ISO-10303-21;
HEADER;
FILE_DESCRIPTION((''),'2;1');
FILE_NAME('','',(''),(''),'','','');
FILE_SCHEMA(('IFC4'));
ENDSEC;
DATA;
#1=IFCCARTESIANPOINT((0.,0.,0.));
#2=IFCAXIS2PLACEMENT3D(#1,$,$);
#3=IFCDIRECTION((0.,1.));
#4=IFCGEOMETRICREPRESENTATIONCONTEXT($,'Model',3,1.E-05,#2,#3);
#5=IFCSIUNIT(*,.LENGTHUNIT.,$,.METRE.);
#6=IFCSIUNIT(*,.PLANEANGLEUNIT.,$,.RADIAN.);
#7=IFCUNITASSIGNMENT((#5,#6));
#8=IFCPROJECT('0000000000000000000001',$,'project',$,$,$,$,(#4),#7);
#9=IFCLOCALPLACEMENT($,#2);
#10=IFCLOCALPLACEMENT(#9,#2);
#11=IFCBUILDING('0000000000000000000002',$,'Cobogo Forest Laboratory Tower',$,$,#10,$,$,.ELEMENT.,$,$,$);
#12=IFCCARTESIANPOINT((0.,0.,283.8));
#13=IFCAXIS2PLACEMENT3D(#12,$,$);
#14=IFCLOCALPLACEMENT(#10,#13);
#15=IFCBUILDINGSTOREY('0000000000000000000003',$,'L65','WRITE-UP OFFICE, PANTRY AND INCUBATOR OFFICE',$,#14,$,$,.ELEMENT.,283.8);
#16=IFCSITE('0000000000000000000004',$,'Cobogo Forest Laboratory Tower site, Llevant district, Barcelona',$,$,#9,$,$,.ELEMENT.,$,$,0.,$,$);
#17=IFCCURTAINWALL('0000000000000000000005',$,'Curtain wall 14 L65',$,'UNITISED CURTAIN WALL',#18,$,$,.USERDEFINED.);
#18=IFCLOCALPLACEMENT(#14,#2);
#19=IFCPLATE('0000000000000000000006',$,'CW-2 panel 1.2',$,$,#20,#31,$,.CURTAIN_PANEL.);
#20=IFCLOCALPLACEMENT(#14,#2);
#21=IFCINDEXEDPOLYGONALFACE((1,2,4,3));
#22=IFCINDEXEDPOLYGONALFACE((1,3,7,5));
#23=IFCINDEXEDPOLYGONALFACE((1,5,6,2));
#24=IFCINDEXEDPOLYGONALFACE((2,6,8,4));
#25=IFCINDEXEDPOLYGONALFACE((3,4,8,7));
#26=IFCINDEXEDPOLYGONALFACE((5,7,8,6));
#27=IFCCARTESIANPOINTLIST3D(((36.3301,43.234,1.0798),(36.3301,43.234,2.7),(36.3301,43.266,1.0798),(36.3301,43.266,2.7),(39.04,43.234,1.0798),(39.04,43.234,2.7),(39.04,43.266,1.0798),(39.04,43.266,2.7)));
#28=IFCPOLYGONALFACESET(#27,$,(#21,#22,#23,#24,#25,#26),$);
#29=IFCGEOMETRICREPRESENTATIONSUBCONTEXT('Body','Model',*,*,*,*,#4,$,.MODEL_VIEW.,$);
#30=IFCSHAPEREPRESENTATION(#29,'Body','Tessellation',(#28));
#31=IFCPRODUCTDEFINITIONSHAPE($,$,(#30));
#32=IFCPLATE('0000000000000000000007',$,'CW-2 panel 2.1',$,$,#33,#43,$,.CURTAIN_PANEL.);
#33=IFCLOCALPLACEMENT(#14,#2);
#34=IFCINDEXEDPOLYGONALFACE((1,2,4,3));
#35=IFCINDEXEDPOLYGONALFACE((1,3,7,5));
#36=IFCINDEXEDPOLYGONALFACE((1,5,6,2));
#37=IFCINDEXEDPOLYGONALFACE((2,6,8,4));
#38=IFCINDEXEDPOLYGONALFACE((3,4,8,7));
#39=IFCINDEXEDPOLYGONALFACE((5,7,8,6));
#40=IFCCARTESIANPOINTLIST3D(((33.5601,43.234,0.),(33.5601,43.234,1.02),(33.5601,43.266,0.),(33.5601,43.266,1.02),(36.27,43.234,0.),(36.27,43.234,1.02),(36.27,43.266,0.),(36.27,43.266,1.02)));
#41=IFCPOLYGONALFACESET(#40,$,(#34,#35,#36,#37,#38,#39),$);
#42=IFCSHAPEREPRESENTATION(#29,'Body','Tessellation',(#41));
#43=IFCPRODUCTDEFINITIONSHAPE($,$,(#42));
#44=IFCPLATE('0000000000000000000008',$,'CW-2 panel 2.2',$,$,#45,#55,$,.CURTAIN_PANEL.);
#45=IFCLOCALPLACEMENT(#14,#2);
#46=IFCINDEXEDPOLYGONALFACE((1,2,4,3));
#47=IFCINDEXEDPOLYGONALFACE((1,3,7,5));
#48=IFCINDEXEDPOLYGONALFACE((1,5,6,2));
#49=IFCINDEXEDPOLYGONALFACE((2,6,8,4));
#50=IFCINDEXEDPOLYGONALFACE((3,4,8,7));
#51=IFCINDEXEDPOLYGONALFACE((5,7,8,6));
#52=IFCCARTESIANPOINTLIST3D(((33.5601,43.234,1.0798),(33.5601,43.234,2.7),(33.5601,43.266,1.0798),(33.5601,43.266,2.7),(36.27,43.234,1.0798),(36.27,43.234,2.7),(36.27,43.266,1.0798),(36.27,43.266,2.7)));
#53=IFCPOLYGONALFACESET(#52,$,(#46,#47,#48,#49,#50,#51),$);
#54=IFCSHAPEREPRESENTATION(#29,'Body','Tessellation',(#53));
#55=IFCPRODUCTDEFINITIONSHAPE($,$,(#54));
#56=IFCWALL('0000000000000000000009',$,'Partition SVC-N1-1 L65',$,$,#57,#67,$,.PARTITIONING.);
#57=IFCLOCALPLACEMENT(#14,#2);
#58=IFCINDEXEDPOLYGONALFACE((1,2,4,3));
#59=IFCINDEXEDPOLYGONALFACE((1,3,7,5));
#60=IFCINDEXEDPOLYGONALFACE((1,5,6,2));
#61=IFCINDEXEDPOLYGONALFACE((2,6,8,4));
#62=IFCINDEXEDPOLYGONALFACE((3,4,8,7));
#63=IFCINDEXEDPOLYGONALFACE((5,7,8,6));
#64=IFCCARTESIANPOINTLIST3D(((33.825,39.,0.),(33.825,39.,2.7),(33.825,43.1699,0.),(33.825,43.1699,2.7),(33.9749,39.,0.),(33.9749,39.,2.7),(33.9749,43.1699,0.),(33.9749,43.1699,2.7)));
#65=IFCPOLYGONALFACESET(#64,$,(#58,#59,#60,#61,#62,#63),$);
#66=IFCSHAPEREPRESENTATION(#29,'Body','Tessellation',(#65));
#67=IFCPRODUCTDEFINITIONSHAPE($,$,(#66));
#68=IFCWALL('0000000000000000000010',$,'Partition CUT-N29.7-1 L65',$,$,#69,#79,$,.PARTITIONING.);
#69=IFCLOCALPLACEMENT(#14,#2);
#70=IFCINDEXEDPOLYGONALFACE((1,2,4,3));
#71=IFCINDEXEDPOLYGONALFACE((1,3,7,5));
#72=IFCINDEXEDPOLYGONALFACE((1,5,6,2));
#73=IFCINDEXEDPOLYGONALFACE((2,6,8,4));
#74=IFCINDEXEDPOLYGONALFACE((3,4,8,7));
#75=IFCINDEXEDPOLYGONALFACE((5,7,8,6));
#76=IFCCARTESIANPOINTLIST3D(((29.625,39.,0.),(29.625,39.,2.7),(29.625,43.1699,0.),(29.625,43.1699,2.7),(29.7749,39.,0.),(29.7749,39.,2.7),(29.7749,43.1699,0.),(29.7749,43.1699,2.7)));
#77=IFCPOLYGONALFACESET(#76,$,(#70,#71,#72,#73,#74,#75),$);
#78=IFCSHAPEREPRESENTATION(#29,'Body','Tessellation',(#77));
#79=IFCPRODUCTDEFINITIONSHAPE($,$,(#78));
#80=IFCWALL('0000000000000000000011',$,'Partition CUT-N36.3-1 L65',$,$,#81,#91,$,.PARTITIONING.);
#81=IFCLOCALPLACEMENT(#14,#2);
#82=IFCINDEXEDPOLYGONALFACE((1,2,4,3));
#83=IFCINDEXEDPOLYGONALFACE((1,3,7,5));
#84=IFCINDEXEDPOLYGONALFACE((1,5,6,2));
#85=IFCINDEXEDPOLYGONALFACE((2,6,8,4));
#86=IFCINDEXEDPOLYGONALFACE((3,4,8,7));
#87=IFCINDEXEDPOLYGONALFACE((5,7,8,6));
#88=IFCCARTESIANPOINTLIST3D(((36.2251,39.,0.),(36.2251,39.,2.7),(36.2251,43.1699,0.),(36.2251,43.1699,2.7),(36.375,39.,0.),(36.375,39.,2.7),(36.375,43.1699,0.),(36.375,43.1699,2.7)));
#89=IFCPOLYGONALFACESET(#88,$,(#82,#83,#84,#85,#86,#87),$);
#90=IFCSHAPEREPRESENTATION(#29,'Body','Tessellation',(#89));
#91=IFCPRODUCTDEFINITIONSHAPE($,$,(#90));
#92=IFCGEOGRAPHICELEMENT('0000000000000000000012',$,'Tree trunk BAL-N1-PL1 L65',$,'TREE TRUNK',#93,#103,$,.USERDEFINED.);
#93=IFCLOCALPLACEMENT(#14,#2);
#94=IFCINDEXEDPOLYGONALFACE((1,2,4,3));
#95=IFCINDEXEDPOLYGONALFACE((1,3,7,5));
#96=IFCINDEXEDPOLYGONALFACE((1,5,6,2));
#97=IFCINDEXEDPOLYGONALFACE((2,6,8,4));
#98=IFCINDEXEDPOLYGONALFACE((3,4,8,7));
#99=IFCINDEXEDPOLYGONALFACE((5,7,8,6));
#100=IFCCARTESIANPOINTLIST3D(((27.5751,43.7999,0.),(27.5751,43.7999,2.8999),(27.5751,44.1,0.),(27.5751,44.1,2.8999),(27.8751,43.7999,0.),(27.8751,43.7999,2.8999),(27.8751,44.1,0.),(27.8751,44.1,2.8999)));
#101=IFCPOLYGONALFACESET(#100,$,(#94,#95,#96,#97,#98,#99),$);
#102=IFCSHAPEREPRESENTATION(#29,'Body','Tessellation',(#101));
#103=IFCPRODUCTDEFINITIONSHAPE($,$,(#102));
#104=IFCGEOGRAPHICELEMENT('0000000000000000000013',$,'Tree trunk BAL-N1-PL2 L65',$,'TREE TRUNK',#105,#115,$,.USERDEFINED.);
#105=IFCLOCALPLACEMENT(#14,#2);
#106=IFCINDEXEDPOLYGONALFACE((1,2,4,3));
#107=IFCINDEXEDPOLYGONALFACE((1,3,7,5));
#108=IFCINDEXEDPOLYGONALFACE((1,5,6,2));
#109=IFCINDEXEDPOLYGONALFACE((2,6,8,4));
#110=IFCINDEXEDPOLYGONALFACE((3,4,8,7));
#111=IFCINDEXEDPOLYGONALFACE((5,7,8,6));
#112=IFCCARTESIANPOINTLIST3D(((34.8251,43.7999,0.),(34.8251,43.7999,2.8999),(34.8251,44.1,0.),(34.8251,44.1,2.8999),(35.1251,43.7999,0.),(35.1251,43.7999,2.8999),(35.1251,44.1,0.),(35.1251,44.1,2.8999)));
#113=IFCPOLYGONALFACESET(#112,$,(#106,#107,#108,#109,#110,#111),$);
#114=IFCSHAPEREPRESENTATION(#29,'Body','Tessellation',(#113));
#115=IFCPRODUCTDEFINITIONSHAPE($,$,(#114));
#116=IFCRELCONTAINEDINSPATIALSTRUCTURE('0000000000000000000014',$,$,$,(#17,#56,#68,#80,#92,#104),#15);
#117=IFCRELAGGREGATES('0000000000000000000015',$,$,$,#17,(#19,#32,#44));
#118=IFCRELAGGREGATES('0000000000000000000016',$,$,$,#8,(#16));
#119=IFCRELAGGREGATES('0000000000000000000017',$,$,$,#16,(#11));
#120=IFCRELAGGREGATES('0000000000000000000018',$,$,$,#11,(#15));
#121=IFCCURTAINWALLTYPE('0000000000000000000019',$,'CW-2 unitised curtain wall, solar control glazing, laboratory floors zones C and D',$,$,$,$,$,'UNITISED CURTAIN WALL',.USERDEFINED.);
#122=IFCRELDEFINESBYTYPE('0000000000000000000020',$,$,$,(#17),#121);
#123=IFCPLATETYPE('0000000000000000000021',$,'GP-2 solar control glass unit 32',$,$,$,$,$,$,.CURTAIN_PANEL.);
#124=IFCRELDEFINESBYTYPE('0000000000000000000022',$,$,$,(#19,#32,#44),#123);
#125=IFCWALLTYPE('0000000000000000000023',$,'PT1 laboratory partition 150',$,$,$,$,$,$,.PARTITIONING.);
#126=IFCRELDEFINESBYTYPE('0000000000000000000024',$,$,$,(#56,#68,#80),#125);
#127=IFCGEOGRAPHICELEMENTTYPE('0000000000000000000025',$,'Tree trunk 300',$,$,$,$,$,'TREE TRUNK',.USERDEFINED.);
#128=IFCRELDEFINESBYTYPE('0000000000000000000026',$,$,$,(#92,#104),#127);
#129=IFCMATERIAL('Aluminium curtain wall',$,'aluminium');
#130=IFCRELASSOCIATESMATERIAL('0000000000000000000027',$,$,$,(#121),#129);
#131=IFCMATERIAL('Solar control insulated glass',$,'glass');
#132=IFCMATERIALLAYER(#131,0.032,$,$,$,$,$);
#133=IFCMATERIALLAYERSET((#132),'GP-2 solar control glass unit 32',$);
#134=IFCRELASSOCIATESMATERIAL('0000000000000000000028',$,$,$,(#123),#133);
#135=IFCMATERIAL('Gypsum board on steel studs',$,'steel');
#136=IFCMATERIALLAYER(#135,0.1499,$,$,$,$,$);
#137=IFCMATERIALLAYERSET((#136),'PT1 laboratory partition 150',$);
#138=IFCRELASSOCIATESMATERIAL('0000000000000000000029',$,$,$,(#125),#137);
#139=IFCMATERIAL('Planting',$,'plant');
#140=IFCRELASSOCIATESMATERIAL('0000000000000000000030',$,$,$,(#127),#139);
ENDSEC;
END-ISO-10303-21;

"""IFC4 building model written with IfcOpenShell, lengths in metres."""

from ifc_helpers import new_model, si_unit, direction, frame, frame_2d, origin, origin_2d, place, context, subcontext, project, spatial, rectangle, extrude, material, layer, layer_set, type_object, element, aggregate, save


model = new_model("IFC4")

# Units and contexts
model_context = context("Model", 3, precision=1e-05, world=origin(), true_north=direction((0.0, 1.0)))
body_context = subcontext(model_context, "Body", "Model", "MODEL_VIEW")
ifc_project = project(units=[si_unit("LENGTHUNIT", "METRE"), si_unit("PLANEANGLEUNIT", "RADIAN")], contexts=[model_context])

# Site, building, storey
site_placement = place(None, origin())
site = spatial("IfcSite", under=ifc_project, at=site_placement, Name="Cobogo Forest Laboratory Tower site, Llevant district, Barcelona", CompositionType="ELEMENT", RefElevation=0.0)
building_placement = place(site_placement, origin())
building = spatial("IfcBuilding", under=site, at=building_placement, Name="Cobogo Forest Laboratory Tower", CompositionType="ELEMENT")
storey_placement = place(building_placement, frame((0.0, 0.0, 283.8)))
storey = spatial("IfcBuildingStorey", under=building, at=storey_placement, Name="L65", Description="WRITE-UP OFFICE, PANTRY AND INCUBATOR OFFICE", CompositionType="ELEMENT", Elevation=283.8)

# Curtain wall
ifc_material_1 = material(Name="Aluminium curtain wall", Category="aluminium")
curtain_wall_type = type_object("IfcCurtainWallType", Name="CW-2 unitised curtain wall, solar control glazing, laboratory floors zones C and D", ElementType="UNITISED CURTAIN WALL", PredefinedType="USERDEFINED", material=ifc_material_1)
curtain_wall_placement = place(storey_placement, origin())
curtain_wall = element("IfcCurtainWall", 1, at=curtain_wall_placement, inside=storey, type_object=curtain_wall_type, Name="Curtain wall 14 L65", ObjectType="UNITISED CURTAIN WALL", PredefinedType="USERDEFINED")

# Plates
ifc_material_2 = material(Name="Solar control insulated glass", Category="glass")
ifc_layer_1 = layer(ifc_material_2, 0.032)
ifc_layer_set_1 = layer_set([ifc_layer_1], Name="GP-2 solar control glass unit 32")
plate_type = type_object("IfcPlateType", Name="GP-2 solar control glass unit 32", PredefinedType="CURTAIN_PANEL", material=ifc_layer_set_1)
plate_1_placement = place(storey_placement, frame((37.6851, 43.25, 1.0798), z_axis=(0.0, 0.0, 1.0), x_axis=(-1.0, 0.0, 0.0)))
plate_1 = element("IfcPlate", 2, at=plate_1_placement, type_object=plate_type, Name="CW-2 panel 1.2", PredefinedType="CURTAIN_PANEL", context=body_context, shape_type="SweptSolid", body=[
    extrude(rectangle(XDim=2.71, YDim=0.032, at=origin_2d()), origin(), (0.0, 0.0, 1.0), 1.6201),
])
plate_2_placement = place(storey_placement, frame((34.915, 43.25, 0.0), z_axis=(0.0, 0.0, 1.0), x_axis=(-1.0, 0.0, 0.0)))
plate_2 = element("IfcPlate", 3, at=plate_2_placement, type_object=plate_type, Name="CW-2 panel 2.1", PredefinedType="CURTAIN_PANEL", context=body_context, shape_type="SweptSolid", body=[
    extrude(rectangle(XDim=2.71, YDim=0.032, at=origin_2d()), origin(), (0.0, 0.0, 1.0), 1.02),
])
plate_3_placement = place(storey_placement, frame((34.915, 43.25, 1.0798), z_axis=(0.0, 0.0, 1.0), x_axis=(-1.0, 0.0, 0.0)))
plate_3 = element("IfcPlate", 4, at=plate_3_placement, type_object=plate_type, Name="CW-2 panel 2.2", PredefinedType="CURTAIN_PANEL", context=body_context, shape_type="SweptSolid", body=[
    extrude(rectangle(XDim=2.71, YDim=0.032, at=origin_2d()), origin(), (0.0, 0.0, 1.0), 1.6201),
])
aggregate(curtain_wall, [plate_1, plate_2, plate_3])

# Walls
ifc_material_3 = material(Name="Gypsum board on steel studs", Category="steel")
ifc_layer_2 = layer(ifc_material_3, 0.1499)
ifc_layer_set_2 = layer_set([ifc_layer_2], Name="PT1 laboratory partition 150")
wall_type_1 = type_object("IfcWallType", Name="PT1 laboratory partition 150", PredefinedType="PARTITIONING", material=ifc_layer_set_2)
for number, where, z_axis, x_axis, name in (
    (5, (33.8999, 43.1699, 0.0), (0.0, 0.0, 1.0), (0.0, -1.0, 0.0), "Partition SVC-N1-1 L65"),
    (6, (29.7, 43.1699, 0.0), (0.0, 0.0, 1.0), (0.0, -1.0, 0.0), "Partition CUT-N29.7-1 L65"),
    (7, (36.3, 43.1699, 0.0), (0.0, 0.0, 1.0), (0.0, -1.0, 0.0), "Partition CUT-N36.3-1 L65"),
):
    element("IfcWall", number, at=place(storey_placement, frame(where, z_axis=z_axis, x_axis=x_axis)), inside=storey, type_object=wall_type_1, Name=name, PredefinedType="PARTITIONING", context=body_context, shape_type="SweptSolid", body=[
        extrude(rectangle(XDim=4.1699, YDim=0.1499, at=frame_2d((2.085, 0.0))), origin(), (0.0, 0.0, 1.0), 2.7),
    ])

# Geographic elements
ifc_material_4 = material(Name="Planting", Category="plant")
geographic_element_type = type_object("IfcGeographicElementType", Name="Tree trunk 300", ElementType="TREE TRUNK", PredefinedType="USERDEFINED", material=ifc_material_4)
for number, where, z_axis, x_axis, name in (
    (8, (27.7251, 43.95, 0.0), (0.0, 0.0, 1.0), (1.0, 0.0, 0.0), "Tree trunk BAL-N1-PL1 L65"),
    (9, (34.9751, 43.95, 0.0), (0.0, 0.0, 1.0), (1.0, 0.0, 0.0), "Tree trunk BAL-N1-PL2 L65"),
):
    element("IfcGeographicElement", number, at=place(storey_placement, frame(where, z_axis=z_axis, x_axis=x_axis)), inside=storey, type_object=geographic_element_type, Name=name, ObjectType="TREE TRUNK", PredefinedType="USERDEFINED", context=body_context, shape_type="SweptSolid", body=[
        extrude(rectangle(XDim=0.3, YDim=0.3, at=origin_2d()), origin(), (0.0, 0.0, 1.0), 2.8999),
    ])

save(model, "model.ifc")
